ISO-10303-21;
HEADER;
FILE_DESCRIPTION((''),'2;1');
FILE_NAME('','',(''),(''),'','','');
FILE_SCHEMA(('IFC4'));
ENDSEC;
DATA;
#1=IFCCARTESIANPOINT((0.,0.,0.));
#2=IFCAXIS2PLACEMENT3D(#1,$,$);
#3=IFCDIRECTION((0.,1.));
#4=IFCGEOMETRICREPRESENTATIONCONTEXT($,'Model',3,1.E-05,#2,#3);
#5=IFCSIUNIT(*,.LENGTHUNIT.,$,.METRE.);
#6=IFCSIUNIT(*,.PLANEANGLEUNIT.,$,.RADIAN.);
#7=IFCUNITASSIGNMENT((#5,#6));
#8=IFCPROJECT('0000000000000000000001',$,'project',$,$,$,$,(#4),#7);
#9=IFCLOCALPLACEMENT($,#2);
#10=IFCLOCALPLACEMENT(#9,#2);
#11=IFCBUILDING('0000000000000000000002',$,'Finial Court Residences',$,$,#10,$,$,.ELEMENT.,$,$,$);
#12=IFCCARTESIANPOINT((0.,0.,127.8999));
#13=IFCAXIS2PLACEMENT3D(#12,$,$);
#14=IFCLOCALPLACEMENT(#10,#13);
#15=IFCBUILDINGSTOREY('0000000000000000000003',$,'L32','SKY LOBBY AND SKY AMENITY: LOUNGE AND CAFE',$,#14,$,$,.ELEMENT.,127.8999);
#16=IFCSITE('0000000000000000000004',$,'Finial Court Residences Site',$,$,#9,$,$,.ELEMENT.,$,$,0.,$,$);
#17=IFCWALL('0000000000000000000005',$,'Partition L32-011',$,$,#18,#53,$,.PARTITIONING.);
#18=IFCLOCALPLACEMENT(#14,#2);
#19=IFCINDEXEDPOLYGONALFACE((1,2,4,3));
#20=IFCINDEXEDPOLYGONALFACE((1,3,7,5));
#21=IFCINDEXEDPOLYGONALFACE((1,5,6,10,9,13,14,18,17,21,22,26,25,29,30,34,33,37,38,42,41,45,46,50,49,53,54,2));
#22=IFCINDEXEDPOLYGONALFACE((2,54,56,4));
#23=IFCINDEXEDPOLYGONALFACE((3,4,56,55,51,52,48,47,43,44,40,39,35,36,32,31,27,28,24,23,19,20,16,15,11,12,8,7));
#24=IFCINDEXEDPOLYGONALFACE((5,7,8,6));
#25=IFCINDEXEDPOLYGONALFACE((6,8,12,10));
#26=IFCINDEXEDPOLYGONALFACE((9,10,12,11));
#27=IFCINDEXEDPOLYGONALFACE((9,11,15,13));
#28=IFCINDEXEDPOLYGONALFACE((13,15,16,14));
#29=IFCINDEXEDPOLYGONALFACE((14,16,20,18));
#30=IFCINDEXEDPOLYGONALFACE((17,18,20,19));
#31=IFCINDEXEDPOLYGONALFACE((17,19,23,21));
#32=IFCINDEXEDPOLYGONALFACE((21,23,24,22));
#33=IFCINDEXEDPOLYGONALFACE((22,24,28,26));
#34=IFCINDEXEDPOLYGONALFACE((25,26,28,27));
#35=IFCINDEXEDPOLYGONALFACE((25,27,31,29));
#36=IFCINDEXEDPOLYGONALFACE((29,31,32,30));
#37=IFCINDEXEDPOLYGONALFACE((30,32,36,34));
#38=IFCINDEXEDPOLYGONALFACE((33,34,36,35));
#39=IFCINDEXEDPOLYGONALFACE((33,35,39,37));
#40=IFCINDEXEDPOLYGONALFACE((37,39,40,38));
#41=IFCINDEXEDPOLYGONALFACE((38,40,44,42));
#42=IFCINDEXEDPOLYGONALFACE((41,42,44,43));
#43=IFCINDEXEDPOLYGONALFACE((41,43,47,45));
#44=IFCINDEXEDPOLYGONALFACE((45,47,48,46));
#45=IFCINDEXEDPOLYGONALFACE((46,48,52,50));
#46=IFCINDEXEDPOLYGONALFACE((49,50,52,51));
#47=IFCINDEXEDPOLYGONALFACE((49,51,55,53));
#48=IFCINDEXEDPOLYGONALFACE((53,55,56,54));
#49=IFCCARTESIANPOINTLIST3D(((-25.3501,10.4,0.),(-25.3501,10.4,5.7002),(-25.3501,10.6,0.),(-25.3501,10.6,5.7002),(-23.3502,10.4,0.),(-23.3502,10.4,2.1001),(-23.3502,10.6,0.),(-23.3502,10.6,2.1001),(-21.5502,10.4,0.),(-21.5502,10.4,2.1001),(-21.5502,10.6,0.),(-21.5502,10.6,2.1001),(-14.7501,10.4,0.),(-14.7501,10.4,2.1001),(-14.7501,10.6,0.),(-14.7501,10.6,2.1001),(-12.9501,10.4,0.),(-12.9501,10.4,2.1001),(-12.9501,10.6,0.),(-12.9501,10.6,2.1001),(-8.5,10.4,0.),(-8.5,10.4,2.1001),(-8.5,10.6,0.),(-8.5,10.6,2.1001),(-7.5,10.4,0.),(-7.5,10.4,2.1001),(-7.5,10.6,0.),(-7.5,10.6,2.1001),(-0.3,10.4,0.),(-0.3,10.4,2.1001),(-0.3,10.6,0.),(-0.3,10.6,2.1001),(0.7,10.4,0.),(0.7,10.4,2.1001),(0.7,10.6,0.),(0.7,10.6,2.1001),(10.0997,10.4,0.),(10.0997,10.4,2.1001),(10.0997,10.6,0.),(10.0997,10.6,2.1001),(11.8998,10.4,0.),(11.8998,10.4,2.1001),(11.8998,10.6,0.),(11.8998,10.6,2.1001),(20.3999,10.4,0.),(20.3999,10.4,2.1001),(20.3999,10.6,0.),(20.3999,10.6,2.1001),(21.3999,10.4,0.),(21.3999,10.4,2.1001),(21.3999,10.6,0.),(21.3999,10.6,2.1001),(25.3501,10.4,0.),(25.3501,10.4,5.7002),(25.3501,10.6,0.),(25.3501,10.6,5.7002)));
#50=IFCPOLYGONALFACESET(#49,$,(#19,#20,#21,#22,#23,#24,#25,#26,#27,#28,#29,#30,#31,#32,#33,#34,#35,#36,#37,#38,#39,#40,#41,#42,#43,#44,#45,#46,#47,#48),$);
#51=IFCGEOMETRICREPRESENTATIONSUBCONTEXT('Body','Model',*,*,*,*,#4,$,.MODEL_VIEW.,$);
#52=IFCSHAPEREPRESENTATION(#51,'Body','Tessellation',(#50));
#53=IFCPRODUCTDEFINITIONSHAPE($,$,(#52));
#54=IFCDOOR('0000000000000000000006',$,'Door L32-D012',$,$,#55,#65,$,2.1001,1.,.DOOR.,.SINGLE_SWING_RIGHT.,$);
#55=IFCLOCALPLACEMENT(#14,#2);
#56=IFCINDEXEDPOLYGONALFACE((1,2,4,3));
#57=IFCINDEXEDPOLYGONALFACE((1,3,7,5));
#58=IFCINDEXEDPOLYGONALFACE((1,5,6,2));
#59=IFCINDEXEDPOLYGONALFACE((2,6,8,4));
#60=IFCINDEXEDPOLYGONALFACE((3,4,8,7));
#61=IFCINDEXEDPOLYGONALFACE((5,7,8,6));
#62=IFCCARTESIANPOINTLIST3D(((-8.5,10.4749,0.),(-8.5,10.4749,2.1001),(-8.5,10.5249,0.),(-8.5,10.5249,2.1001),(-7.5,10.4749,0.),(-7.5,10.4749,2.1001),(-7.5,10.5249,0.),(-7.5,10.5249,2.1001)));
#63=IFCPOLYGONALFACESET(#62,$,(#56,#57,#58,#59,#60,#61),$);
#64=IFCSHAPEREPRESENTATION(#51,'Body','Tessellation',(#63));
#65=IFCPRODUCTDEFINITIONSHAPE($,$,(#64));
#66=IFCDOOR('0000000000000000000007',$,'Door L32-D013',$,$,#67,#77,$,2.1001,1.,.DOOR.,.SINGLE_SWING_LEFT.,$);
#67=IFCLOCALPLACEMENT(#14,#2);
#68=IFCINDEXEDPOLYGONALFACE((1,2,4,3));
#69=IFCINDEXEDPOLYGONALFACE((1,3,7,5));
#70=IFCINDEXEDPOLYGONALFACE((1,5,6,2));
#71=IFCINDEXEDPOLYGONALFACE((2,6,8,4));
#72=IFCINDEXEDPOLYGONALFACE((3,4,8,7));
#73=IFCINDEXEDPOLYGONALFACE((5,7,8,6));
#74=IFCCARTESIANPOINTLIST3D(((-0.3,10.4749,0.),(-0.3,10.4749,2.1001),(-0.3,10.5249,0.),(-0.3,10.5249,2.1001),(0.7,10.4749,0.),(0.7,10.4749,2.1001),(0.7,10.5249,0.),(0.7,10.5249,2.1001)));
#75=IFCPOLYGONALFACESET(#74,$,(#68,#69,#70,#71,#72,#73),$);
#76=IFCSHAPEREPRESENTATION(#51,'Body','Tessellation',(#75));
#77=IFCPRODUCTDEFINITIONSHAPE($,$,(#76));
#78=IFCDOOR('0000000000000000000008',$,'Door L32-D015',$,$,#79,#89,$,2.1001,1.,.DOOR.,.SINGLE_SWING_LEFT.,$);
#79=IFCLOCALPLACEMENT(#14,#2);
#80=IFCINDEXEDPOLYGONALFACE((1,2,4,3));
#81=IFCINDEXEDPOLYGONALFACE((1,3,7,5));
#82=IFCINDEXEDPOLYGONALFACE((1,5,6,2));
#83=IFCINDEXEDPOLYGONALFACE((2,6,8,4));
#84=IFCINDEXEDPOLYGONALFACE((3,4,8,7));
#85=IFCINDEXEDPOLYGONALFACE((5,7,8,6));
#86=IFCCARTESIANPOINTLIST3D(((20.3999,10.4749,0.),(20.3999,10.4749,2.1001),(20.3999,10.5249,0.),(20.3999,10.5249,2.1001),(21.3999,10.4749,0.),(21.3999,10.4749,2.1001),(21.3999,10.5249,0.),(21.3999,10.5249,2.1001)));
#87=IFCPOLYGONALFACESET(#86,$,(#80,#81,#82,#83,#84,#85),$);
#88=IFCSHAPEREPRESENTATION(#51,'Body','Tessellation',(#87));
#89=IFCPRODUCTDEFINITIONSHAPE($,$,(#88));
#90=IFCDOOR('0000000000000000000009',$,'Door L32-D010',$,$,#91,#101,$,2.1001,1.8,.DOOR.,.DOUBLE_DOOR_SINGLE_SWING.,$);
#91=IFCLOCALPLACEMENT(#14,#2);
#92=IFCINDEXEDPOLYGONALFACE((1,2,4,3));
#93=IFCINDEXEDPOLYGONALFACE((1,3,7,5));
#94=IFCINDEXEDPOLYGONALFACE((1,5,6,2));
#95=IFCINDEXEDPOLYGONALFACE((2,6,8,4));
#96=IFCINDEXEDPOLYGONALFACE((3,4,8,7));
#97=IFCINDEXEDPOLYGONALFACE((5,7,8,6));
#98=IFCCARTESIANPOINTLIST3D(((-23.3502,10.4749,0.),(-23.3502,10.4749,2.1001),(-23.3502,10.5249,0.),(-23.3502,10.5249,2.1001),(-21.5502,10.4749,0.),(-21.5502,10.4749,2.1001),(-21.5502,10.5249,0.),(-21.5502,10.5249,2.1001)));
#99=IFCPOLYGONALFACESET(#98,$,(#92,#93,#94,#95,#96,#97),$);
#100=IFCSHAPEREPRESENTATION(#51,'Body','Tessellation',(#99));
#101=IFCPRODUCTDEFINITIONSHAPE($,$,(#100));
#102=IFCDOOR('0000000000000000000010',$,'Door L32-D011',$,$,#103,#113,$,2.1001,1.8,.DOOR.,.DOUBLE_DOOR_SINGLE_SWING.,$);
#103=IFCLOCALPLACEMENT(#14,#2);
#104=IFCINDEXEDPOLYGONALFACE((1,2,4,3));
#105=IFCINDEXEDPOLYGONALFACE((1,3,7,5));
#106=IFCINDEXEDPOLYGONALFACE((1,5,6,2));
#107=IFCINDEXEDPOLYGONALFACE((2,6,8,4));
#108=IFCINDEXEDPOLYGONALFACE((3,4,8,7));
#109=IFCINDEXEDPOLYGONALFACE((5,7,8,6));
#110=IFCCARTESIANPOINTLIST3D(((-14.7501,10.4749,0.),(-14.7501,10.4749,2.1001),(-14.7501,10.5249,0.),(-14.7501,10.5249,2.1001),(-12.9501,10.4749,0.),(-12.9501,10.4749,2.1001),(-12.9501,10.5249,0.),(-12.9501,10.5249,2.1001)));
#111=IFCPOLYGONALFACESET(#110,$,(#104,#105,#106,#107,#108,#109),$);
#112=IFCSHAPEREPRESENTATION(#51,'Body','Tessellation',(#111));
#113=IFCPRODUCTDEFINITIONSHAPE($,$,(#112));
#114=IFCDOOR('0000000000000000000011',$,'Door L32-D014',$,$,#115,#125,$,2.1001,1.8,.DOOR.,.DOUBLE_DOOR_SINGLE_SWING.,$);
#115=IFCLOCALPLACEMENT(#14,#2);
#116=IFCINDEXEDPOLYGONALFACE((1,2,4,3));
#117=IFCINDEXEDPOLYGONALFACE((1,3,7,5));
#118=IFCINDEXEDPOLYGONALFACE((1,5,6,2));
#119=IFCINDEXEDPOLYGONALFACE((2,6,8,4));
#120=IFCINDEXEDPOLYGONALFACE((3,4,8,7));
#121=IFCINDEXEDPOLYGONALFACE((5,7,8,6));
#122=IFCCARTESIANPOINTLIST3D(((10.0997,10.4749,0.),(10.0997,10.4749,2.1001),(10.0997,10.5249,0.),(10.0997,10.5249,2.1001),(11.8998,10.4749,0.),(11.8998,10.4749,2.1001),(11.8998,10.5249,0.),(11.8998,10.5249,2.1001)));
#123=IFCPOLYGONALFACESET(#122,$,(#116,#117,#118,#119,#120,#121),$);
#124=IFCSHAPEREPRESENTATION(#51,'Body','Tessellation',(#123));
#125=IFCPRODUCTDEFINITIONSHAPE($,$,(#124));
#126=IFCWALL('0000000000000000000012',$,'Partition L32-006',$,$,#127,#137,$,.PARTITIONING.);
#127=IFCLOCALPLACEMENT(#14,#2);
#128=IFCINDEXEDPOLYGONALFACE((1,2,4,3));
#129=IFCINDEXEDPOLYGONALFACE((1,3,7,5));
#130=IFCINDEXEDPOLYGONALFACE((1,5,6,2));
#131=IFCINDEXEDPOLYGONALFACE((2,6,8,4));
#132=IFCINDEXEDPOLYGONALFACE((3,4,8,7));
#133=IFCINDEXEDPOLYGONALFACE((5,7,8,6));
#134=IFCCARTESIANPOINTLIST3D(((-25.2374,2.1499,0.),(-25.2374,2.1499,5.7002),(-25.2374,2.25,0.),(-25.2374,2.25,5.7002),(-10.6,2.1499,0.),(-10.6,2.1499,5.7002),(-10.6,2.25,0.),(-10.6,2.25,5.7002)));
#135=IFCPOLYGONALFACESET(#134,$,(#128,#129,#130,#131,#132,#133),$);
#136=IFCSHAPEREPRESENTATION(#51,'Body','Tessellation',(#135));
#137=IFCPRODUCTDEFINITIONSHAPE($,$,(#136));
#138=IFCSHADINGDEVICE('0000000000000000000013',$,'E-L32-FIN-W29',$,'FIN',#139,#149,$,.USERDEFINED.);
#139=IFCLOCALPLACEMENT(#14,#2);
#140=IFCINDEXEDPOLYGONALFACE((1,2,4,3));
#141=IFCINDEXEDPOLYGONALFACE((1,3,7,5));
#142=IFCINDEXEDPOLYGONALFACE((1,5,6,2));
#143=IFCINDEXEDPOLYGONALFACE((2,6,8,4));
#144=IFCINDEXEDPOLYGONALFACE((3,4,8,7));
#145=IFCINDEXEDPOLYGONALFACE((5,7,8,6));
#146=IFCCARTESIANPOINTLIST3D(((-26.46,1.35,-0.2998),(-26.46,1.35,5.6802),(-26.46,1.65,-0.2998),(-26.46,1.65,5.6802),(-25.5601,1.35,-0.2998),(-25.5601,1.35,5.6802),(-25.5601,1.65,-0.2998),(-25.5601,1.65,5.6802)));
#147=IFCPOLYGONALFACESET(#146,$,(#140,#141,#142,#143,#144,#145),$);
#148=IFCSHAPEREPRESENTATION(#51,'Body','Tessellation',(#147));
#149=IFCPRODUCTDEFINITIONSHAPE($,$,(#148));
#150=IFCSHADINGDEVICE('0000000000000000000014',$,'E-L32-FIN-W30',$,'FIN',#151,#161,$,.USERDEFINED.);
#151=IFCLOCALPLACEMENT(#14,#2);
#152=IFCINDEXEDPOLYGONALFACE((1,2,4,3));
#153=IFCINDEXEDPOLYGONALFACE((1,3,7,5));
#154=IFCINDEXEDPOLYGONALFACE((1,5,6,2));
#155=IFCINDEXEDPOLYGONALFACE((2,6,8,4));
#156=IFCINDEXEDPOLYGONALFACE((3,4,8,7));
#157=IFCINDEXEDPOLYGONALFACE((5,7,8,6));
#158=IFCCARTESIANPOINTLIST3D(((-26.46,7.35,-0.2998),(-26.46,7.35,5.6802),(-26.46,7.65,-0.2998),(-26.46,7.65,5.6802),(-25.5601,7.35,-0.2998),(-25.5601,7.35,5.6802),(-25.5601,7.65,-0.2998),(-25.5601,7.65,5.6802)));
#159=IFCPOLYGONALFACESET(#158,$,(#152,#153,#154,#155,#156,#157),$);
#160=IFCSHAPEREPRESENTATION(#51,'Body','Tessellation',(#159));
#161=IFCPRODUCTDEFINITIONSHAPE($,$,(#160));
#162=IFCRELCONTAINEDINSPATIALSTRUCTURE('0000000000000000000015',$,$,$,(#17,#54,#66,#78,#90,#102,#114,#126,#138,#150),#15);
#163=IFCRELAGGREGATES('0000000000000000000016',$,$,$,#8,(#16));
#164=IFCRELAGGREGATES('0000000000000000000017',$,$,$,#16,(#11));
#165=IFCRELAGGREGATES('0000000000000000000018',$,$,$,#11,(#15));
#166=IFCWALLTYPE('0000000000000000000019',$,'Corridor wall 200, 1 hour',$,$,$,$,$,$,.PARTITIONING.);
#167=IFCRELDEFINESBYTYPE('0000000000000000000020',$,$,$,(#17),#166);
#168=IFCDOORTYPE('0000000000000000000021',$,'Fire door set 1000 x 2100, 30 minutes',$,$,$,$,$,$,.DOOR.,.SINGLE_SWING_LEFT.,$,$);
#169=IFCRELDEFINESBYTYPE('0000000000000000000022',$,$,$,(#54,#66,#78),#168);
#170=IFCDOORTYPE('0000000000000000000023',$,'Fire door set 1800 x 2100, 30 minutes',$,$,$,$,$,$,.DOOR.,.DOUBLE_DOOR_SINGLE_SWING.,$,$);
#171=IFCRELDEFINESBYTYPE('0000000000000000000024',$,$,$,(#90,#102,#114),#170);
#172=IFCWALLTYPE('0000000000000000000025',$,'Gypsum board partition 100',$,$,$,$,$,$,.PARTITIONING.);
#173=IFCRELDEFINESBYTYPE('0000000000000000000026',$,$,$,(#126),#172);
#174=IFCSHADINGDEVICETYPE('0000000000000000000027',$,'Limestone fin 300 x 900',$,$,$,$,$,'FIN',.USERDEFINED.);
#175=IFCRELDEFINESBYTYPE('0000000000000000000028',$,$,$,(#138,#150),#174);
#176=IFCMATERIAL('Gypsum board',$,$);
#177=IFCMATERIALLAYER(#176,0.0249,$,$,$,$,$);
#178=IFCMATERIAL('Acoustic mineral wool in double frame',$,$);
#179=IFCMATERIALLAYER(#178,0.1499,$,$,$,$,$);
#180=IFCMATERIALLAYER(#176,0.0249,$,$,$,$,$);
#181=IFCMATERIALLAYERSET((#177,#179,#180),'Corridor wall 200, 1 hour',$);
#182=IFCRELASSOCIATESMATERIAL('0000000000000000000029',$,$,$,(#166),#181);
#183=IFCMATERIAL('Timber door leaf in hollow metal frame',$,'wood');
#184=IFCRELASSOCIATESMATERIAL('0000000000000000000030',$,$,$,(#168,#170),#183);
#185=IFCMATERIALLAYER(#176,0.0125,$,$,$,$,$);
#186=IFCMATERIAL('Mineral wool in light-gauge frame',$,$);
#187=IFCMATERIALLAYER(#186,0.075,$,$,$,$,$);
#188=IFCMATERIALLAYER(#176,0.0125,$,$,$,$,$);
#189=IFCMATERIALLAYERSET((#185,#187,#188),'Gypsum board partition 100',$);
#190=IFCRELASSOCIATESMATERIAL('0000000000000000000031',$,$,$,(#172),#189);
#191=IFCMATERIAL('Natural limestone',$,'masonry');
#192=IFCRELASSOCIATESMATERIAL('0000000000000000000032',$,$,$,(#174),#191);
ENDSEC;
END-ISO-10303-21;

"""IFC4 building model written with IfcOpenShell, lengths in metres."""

from ifc_helpers import new_model, si_unit, direction, frame, frame_2d, origin, origin_2d, place, context, subcontext, project, spatial, rectangle, extrude, material, layer, layer_set, type_object, element, fill, save


model = new_model("IFC4")

# Units and contexts
model_context = context("Model", 3, precision=1e-05, world=origin(), true_north=direction((0.0, 1.0)))
body_context = subcontext(model_context, "Body", "Model", "MODEL_VIEW")
ifc_project = project(units=[si_unit("LENGTHUNIT", "METRE"), si_unit("PLANEANGLEUNIT", "RADIAN")], contexts=[model_context])

# Site, building, storey
site_placement = place(None, origin())
site = spatial("IfcSite", under=ifc_project, at=site_placement, Name="Finial Court Residences Site", CompositionType="ELEMENT", RefElevation=0.0)
building_placement = place(site_placement, origin())
building = spatial("IfcBuilding", under=site, at=building_placement, Name="Finial Court Residences", CompositionType="ELEMENT")
storey_placement = place(building_placement, frame((0.0, 0.0, 127.8999)))
storey = spatial("IfcBuildingStorey", under=building, at=storey_placement, Name="L32", Description="SKY LOBBY AND SKY AMENITY: LOUNGE AND CAFE", CompositionType="ELEMENT", Elevation=127.8999)

# Wall, openings, doors
ifc_material_1 = material(Name="Gypsum board")
ifc_layer_1 = layer(ifc_material_1, 0.0249)
ifc_material_2 = material(Name="Acoustic mineral wool in double frame")
ifc_layer_2 = layer(ifc_material_2, 0.1499)
ifc_layer_3 = layer(ifc_material_1, 0.0249)
ifc_layer_set_1 = layer_set([ifc_layer_1, ifc_layer_2, ifc_layer_3], Name="Corridor wall 200, 1 hour")
wall_type_1 = type_object("IfcWallType", Name="Corridor wall 200, 1 hour", PredefinedType="PARTITIONING", material=ifc_layer_set_1)
wall_1_placement = place(storey_placement, frame((-25.3501, 10.5, 0.0), z_axis=(0.0, 0.0, 1.0), x_axis=(1.0, 0.0, 0.0)))
wall_1 = element("IfcWall", 1, at=wall_1_placement, inside=storey, type_object=wall_type_1, Name="Partition L32-011", PredefinedType="PARTITIONING", context=body_context, shape_type="SweptSolid", body=[
    extrude(rectangle(XDim=50.7002, YDim=0.2, at=frame_2d((25.3501, 0.0))), origin(), (0.0, 0.0, 1.0), 5.7002),
])
opening_1_placement = place(wall_1_placement, frame((2.0, 0.0, 0.0)))
opening_1 = element("IfcOpeningElement", 2, at=opening_1_placement, cuts=wall_1, PredefinedType="OPENING", context=body_context, shape_type="SweptSolid", body=[
    extrude(rectangle(XDim=1.8, YDim=2.1001, at=frame_2d((0.8999, 1.05))), frame((0.0, 0.1099, 0.0), z_axis=(0.0, -1.0, 0.0), x_axis=(1.0, 0.0, 0.0)), (0.0, 0.0, 1.0), 0.22),
])
opening_2_placement = place(wall_1_placement, frame((10.6001, 0.0, 0.0)))
opening_2 = element("IfcOpeningElement", 3, at=opening_2_placement, cuts=wall_1, PredefinedType="OPENING", context=body_context, shape_type="SweptSolid", body=[
    extrude(rectangle(XDim=1.8, YDim=2.1001, at=frame_2d((0.8999, 1.05))), frame((0.0, 0.1099, 0.0), z_axis=(0.0, -1.0, 0.0), x_axis=(1.0, 0.0, 0.0)), (0.0, 0.0, 1.0), 0.22),
])
opening_3_placement = place(wall_1_placement, frame((16.8501, 0.0, 0.0)))
opening_3 = element("IfcOpeningElement", 4, at=opening_3_placement, cuts=wall_1, PredefinedType="OPENING", context=body_context, shape_type="SweptSolid", body=[
    extrude(rectangle(XDim=1.0, YDim=2.1001, at=frame_2d((0.5, 1.05))), frame((0.0, 0.1099, 0.0), z_axis=(0.0, -1.0, 0.0), x_axis=(1.0, 0.0, 0.0)), (0.0, 0.0, 1.0), 0.22),
])
opening_4_placement = place(wall_1_placement, frame((25.05, 0.0, 0.0)))
opening_4 = element("IfcOpeningElement", 5, at=opening_4_placement, cuts=wall_1, PredefinedType="OPENING", context=body_context, shape_type="SweptSolid", body=[
    extrude(rectangle(XDim=1.0, YDim=2.1001, at=frame_2d((0.5, 1.05))), frame((0.0, 0.1099, 0.0), z_axis=(0.0, -1.0, 0.0), x_axis=(1.0, 0.0, 0.0)), (0.0, 0.0, 1.0), 0.22),
])
opening_5_placement = place(wall_1_placement, frame((35.45, 0.0, 0.0)))
opening_5 = element("IfcOpeningElement", 6, at=opening_5_placement, cuts=wall_1, PredefinedType="OPENING", context=body_context, shape_type="SweptSolid", body=[
    extrude(rectangle(XDim=1.8, YDim=2.1001, at=frame_2d((0.8999, 1.05))), frame((0.0, 0.1099, 0.0), z_axis=(0.0, -1.0, 0.0), x_axis=(1.0, 0.0, 0.0)), (0.0, 0.0, 1.0), 0.22),
])
opening_6_placement = place(wall_1_placement, frame((45.75, 0.0, 0.0)))
opening_6 = element("IfcOpeningElement", 7, at=opening_6_placement, cuts=wall_1, PredefinedType="OPENING", context=body_context, shape_type="SweptSolid", body=[
    extrude(rectangle(XDim=1.0, YDim=2.1001, at=frame_2d((0.5, 1.05))), frame((0.0, 0.1099, 0.0), z_axis=(0.0, -1.0, 0.0), x_axis=(1.0, 0.0, 0.0)), (0.0, 0.0, 1.0), 0.22),
])
ifc_material_3 = material(Name="Timber door leaf in hollow metal frame", Category="wood")
door_type_1 = type_object("IfcDoorType", Name="Fire door set 1000 x 2100, 30 minutes", OperationType="SINGLE_SWING_LEFT", PredefinedType="DOOR", material=ifc_material_3)
door_1_placement = place(opening_3_placement, origin())
door_1 = element("IfcDoor", 8, at=door_1_placement, inside=storey, type_object=door_type_1, Name="Door L32-D012", OperationType="SINGLE_SWING_RIGHT", OverallHeight=2.1001, OverallWidth=1.0, PredefinedType="DOOR", context=body_context, shape_type="SweptSolid", body=[
    extrude(rectangle(XDim=1.0, YDim=2.1001, at=frame_2d((0.5, 1.05))), frame((0.0, 0.0249, 0.0), z_axis=(0.0, -1.0, 0.0), x_axis=(1.0, 0.0, 0.0)), (0.0, 0.0, 1.0), 0.05),
])
fill(opening_3, door_1)
door_2_placement = place(opening_4_placement, origin())
door_2 = element("IfcDoor", 9, at=door_2_placement, inside=storey, type_object=door_type_1, Name="Door L32-D013", OperationType="SINGLE_SWING_LEFT", OverallHeight=2.1001, OverallWidth=1.0, PredefinedType="DOOR", context=body_context, shape_type="SweptSolid", body=[
    extrude(rectangle(XDim=1.0, YDim=2.1001, at=frame_2d((0.5, 1.05))), frame((0.0, 0.0249, 0.0), z_axis=(0.0, -1.0, 0.0), x_axis=(1.0, 0.0, 0.0)), (0.0, 0.0, 1.0), 0.05),
])
fill(opening_4, door_2)
door_3_placement = place(opening_6_placement, origin())
door_3 = element("IfcDoor", 10, at=door_3_placement, inside=storey, type_object=door_type_1, Name="Door L32-D015", OperationType="SINGLE_SWING_LEFT", OverallHeight=2.1001, OverallWidth=1.0, PredefinedType="DOOR", context=body_context, shape_type="SweptSolid", body=[
    extrude(rectangle(XDim=1.0, YDim=2.1001, at=frame_2d((0.5, 1.05))), frame((0.0, 0.0249, 0.0), z_axis=(0.0, -1.0, 0.0), x_axis=(1.0, 0.0, 0.0)), (0.0, 0.0, 1.0), 0.05),
])
fill(opening_6, door_3)
door_type_2 = type_object("IfcDoorType", Name="Fire door set 1800 x 2100, 30 minutes", OperationType="DOUBLE_DOOR_SINGLE_SWING", PredefinedType="DOOR", material=ifc_material_3)
door_4_placement = place(opening_1_placement, origin())
door_4 = element("IfcDoor", 11, at=door_4_placement, inside=storey, type_object=door_type_2, Name="Door L32-D010", OperationType="DOUBLE_DOOR_SINGLE_SWING", OverallHeight=2.1001, OverallWidth=1.8, PredefinedType="DOOR", context=body_context, shape_type="SweptSolid", body=[
    extrude(rectangle(XDim=1.8, YDim=2.1001, at=frame_2d((0.8999, 1.05))), frame((0.0, 0.0249, 0.0), z_axis=(0.0, -1.0, 0.0), x_axis=(1.0, 0.0, 0.0)), (0.0, 0.0, 1.0), 0.05),
])
fill(opening_1, door_4)
door_5_placement = place(opening_2_placement, origin())
door_5 = element("IfcDoor", 12, at=door_5_placement, inside=storey, type_object=door_type_2, Name="Door L32-D011", OperationType="DOUBLE_DOOR_SINGLE_SWING", OverallHeight=2.1001, OverallWidth=1.8, PredefinedType="DOOR", context=body_context, shape_type="SweptSolid", body=[
    extrude(rectangle(XDim=1.8, YDim=2.1001, at=frame_2d((0.8999, 1.05))), frame((0.0, 0.0249, 0.0), z_axis=(0.0, -1.0, 0.0), x_axis=(1.0, 0.0, 0.0)), (0.0, 0.0, 1.0), 0.05),
])
fill(opening_2, door_5)
door_6_placement = place(opening_5_placement, origin())
door_6 = element("IfcDoor", 13, at=door_6_placement, inside=storey, type_object=door_type_2, Name="Door L32-D014", OperationType="DOUBLE_DOOR_SINGLE_SWING", OverallHeight=2.1001, OverallWidth=1.8, PredefinedType="DOOR", context=body_context, shape_type="SweptSolid", body=[
    extrude(rectangle(XDim=1.8, YDim=2.1001, at=frame_2d((0.8999, 1.05))), frame((0.0, 0.0249, 0.0), z_axis=(0.0, -1.0, 0.0), x_axis=(1.0, 0.0, 0.0)), (0.0, 0.0, 1.0), 0.05),
])
fill(opening_5, door_6)

# Wall
ifc_layer_4 = layer(ifc_material_1, 0.0125)
ifc_material_4 = material(Name="Mineral wool in light-gauge frame")
ifc_layer_5 = layer(ifc_material_4, 0.075)
ifc_layer_6 = layer(ifc_material_1, 0.0125)
ifc_layer_set_2 = layer_set([ifc_layer_4, ifc_layer_5, ifc_layer_6], Name="Gypsum board partition 100")
wall_type_2 = type_object("IfcWallType", Name="Gypsum board partition 100", PredefinedType="PARTITIONING", material=ifc_layer_set_2)
wall_2_placement = place(storey_placement, frame((-25.2375, 2.2, 0.0), z_axis=(0.0, 0.0, 1.0), x_axis=(1.0, 0.0, 0.0)))
element("IfcWall", 14, at=wall_2_placement, inside=storey, type_object=wall_type_2, Name="Partition L32-006", PredefinedType="PARTITIONING", context=body_context, shape_type="SweptSolid", body=[
    extrude(rectangle(XDim=14.6375, YDim=0.1001, at=frame_2d((7.3188, 0.0))), origin(), (0.0, 0.0, 1.0), 5.7002),
])

# Shading devices
ifc_material_5 = material(Name="Natural limestone", Category="masonry")
shading_device_type = type_object("IfcShadingDeviceType", Name="Limestone fin 300 x 900", ElementType="FIN", PredefinedType="USERDEFINED", material=ifc_material_5)
for number, where, z_axis, x_axis, name in (
    (15, (-26.01, 1.5, -0.2998), (0.0, 0.0, 1.0), (1.0, 0.0, 0.0), "E-L32-FIN-W29"),
    (16, (-26.01, 7.5, -0.2998), (0.0, 0.0, 1.0), (1.0, 0.0, 0.0), "E-L32-FIN-W30"),
):
    element("IfcShadingDevice", number, at=place(storey_placement, frame(where, z_axis=z_axis, x_axis=x_axis)), inside=storey, type_object=shading_device_type, Name=name, ObjectType="FIN", PredefinedType="USERDEFINED", context=body_context, shape_type="SweptSolid", body=[
        extrude(rectangle(XDim=0.8999, YDim=0.3, at=origin_2d()), origin(), (0.0, 0.0, 1.0), 5.98),
    ])

save(model, "model.ifc")
